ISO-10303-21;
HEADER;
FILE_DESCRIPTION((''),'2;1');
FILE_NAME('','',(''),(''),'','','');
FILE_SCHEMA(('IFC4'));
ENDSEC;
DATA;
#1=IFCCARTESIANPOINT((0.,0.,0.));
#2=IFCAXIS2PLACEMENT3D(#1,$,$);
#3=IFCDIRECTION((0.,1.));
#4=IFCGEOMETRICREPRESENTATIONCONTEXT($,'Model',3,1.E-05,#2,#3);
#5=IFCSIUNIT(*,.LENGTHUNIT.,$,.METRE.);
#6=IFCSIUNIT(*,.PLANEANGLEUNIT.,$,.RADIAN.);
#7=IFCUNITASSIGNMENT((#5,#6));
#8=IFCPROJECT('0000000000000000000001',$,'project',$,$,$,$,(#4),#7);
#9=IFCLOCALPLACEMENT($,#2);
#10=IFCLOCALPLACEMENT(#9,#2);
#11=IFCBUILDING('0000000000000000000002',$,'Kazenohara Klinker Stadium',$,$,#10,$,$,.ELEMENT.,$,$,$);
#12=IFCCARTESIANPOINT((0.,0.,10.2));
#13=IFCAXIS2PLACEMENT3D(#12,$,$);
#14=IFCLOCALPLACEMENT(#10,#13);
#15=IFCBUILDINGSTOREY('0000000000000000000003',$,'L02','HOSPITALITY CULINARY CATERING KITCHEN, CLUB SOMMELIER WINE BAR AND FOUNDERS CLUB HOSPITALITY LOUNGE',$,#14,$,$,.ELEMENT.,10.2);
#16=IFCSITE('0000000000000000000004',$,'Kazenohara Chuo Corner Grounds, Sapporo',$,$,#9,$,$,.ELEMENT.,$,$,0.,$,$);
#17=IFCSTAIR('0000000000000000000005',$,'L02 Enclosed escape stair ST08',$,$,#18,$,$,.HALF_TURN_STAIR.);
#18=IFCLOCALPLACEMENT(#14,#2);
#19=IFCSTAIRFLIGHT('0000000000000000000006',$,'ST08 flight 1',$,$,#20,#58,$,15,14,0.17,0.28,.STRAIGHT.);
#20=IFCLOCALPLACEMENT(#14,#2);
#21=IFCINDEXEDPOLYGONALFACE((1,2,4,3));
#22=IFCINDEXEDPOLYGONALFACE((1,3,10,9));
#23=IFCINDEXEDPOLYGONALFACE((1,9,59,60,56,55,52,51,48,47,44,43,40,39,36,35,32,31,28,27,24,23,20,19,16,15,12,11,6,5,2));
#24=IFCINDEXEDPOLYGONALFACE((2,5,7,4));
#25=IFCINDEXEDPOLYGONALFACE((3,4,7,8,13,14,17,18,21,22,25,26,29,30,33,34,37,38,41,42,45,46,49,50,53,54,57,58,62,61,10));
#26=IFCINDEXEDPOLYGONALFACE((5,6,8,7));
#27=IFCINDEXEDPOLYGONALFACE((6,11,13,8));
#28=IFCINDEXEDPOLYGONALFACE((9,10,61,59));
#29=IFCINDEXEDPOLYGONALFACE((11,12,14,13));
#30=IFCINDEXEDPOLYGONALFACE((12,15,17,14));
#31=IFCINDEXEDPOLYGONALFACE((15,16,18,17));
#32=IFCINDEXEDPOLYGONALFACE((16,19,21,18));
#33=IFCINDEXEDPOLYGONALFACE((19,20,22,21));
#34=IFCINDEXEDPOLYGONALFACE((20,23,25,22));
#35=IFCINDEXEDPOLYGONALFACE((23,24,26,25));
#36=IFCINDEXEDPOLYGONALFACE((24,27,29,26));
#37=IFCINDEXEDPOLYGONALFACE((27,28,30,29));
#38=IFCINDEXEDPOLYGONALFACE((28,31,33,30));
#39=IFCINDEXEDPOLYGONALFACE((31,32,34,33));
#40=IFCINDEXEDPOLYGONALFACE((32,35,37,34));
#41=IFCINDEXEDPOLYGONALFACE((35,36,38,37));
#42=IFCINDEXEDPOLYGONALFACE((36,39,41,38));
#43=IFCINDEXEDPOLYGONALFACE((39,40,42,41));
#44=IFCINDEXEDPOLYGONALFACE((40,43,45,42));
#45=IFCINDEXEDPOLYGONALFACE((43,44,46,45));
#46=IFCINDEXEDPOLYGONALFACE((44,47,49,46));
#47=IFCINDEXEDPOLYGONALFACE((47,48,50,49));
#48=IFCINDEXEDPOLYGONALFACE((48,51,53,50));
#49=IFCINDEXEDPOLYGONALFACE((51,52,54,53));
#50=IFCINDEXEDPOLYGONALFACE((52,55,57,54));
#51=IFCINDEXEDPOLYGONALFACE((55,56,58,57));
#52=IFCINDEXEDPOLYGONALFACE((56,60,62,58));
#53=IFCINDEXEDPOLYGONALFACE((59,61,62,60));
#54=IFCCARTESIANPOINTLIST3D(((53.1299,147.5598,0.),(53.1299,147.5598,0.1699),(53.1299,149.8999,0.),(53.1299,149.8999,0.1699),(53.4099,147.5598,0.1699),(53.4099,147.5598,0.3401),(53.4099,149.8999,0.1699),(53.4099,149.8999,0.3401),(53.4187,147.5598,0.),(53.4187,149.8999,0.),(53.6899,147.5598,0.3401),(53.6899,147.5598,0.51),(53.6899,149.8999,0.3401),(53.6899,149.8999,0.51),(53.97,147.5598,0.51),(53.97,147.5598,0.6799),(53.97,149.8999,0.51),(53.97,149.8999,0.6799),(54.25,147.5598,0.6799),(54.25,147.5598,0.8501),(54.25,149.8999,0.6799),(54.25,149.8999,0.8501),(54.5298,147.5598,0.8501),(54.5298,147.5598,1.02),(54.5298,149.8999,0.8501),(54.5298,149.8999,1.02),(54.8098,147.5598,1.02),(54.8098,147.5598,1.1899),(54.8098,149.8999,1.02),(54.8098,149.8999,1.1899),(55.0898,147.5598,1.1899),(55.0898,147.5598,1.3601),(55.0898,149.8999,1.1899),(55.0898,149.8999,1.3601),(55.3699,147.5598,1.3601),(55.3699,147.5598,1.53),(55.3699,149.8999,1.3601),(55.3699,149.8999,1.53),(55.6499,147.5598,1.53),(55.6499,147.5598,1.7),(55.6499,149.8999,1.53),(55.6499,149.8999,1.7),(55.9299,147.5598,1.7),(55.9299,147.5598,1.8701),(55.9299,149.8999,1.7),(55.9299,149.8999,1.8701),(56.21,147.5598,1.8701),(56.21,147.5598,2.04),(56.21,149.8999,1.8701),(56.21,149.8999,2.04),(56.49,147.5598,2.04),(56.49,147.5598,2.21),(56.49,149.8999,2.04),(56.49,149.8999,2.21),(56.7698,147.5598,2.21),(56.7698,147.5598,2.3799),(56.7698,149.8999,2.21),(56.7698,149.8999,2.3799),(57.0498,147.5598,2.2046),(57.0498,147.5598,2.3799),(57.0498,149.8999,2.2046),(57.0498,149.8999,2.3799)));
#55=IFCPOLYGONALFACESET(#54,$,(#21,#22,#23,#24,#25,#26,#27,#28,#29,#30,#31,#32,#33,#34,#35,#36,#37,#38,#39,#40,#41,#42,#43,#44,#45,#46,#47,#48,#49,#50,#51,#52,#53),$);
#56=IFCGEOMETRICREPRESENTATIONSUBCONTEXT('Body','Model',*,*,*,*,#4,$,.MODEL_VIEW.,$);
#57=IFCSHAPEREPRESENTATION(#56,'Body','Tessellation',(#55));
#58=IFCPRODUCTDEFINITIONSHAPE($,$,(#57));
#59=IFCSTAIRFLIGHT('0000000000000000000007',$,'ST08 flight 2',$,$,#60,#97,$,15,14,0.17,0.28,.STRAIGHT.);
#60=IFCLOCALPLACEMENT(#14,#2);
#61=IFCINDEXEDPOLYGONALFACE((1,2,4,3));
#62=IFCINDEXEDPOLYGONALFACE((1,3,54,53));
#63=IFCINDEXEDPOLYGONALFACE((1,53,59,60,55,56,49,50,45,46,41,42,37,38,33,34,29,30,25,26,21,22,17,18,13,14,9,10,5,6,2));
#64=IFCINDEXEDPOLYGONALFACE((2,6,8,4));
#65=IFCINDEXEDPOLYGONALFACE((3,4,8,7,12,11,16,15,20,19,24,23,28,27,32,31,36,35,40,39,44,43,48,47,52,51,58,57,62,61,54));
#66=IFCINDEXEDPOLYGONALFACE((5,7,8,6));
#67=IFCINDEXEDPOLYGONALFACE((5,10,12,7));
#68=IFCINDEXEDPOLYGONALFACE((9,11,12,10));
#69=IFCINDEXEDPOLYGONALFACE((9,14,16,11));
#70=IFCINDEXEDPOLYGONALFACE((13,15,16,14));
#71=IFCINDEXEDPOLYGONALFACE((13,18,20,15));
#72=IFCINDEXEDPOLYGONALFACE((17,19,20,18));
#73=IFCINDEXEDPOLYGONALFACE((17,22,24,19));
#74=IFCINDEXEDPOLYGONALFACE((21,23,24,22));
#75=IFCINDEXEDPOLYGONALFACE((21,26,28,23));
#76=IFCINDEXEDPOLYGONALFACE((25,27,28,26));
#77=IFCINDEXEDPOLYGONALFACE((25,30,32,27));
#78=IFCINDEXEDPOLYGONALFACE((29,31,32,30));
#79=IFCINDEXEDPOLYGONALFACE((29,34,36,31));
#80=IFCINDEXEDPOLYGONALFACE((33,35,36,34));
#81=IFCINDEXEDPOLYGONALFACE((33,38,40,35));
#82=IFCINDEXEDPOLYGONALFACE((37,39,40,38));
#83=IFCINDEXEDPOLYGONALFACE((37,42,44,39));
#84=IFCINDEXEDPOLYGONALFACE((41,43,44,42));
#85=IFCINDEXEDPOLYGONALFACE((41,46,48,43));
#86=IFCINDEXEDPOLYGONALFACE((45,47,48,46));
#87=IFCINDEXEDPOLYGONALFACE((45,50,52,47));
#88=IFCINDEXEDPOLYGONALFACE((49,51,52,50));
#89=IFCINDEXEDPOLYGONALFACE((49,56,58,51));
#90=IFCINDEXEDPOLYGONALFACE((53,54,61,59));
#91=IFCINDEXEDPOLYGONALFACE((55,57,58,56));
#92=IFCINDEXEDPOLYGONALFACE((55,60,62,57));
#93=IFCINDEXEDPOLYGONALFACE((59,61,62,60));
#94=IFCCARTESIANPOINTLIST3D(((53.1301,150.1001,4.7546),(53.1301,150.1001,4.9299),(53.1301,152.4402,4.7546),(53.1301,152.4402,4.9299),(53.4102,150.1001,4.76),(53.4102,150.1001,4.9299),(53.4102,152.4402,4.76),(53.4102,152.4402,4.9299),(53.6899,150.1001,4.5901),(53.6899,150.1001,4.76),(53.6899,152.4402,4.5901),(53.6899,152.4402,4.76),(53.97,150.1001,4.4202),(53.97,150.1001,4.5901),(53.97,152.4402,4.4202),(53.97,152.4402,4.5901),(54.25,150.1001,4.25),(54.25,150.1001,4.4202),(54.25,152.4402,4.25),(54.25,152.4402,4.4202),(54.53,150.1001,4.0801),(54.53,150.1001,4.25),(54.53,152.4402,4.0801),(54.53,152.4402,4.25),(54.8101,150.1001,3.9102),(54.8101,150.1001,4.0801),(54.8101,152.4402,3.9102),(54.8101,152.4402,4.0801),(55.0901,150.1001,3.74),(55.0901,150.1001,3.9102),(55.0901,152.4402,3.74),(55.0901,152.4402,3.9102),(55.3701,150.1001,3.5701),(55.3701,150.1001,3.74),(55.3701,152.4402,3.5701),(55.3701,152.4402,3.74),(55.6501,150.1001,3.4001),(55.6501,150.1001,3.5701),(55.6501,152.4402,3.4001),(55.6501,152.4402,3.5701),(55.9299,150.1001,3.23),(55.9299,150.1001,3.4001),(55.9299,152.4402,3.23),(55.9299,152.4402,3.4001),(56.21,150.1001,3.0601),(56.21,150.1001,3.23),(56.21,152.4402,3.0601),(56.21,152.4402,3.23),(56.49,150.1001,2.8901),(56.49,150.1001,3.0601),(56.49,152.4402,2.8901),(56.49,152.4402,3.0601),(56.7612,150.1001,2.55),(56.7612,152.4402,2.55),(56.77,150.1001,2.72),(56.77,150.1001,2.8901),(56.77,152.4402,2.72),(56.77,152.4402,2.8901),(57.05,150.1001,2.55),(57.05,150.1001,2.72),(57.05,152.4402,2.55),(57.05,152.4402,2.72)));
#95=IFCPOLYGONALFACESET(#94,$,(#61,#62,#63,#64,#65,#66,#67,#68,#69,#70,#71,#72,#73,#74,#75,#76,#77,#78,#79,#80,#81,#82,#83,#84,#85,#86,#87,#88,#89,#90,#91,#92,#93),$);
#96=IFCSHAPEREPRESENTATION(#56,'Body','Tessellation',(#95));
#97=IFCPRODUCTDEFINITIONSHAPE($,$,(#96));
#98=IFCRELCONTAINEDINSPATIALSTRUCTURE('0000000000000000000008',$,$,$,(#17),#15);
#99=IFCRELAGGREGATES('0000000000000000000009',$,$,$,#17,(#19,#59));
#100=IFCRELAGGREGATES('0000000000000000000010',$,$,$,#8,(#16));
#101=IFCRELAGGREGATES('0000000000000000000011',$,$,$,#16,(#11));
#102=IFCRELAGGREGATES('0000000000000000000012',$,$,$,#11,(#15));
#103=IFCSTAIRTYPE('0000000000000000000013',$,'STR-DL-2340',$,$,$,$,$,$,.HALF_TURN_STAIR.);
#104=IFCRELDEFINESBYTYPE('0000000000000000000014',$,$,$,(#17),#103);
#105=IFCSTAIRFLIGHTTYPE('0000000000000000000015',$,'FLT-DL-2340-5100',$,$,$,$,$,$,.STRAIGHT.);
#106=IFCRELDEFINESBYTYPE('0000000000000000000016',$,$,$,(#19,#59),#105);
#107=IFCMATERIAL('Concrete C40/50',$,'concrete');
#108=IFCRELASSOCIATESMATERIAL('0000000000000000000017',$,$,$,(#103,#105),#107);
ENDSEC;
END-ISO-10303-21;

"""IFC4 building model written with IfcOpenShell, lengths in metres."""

from ifc_helpers import new_model, si_unit, direction, frame, origin, place, context, subcontext, project, spatial, polyline, outline, extrude, material, type_object, element, aggregate, save


model = new_model("IFC4")

# Units and contexts
model_context = context("Model", 3, precision=1e-05, world=origin(), true_north=direction((0.0, 1.0)))
body_context = subcontext(model_context, "Body", "Model", "MODEL_VIEW")
ifc_project = project(units=[si_unit("LENGTHUNIT", "METRE"), si_unit("PLANEANGLEUNIT", "RADIAN")], contexts=[model_context])

# Site, building, storey
site_placement = place(None, origin())
site = spatial("IfcSite", under=ifc_project, at=site_placement, Name="Kazenohara Chuo Corner Grounds, Sapporo", CompositionType="ELEMENT", RefElevation=0.0)
building_placement = place(site_placement, origin())
building = spatial("IfcBuilding", under=site, at=building_placement, Name="Kazenohara Klinker Stadium", CompositionType="ELEMENT")
storey_placement = place(building_placement, frame((0.0, 0.0, 10.2)))
storey = spatial("IfcBuildingStorey", under=building, at=storey_placement, Name="L02", Description="HOSPITALITY CULINARY CATERING KITCHEN, CLUB SOMMELIER WINE BAR AND FOUNDERS CLUB HOSPITALITY LOUNGE", CompositionType="ELEMENT", Elevation=10.2)

# Shared definitions
ifc_material_1 = material(Name="Concrete C40/50", Category="concrete")

# Stair, stair flights
stair_type = type_object("IfcStairType", Name="STR-DL-2340", PredefinedType="HALF_TURN_STAIR", material=ifc_material_1)
stair_placement = place(storey_placement, origin())
stair = element("IfcStair", 1, at=stair_placement, inside=storey, type_object=stair_type, Name="L02 Enclosed escape stair ST08", PredefinedType="HALF_TURN_STAIR")
stair_flight_type = type_object("IfcStairFlightType", Name="FLT-DL-2340-5100", PredefinedType="STRAIGHT", material=ifc_material_1)
stair_flight_1_placement = place(storey_placement, frame((53.1299, 148.73, 0.0), z_axis=(0.0, 0.0, 1.0), x_axis=(1.0, 0.0, 0.0)))
stair_flight_1 = element("IfcStairFlight", 2, at=stair_flight_1_placement, type_object=stair_flight_type, Name="ST08 flight 1", NumberOfRisers=15, NumberOfTreads=14, PredefinedType="STRAIGHT", RiserHeight=0.17, TreadLength=0.28, context=body_context, shape_type="SweptSolid", body=[
    extrude(outline(polyline([(0.0, 0.0), (0.0, 0.1699), (0.28, 0.1699), (0.28, 0.3401), (0.5601, 0.3401), (0.5601, 0.51), (0.8401, 0.51), (0.8401, 0.6799), (1.1201, 0.6799), (1.1201, 0.8501), (1.3999, 0.8501), (1.3999, 1.02), (1.6799, 1.02), (1.6799, 1.1899), (1.96, 1.1899), (1.96, 1.3601), (2.24, 1.3601), (2.24, 1.53), (2.52, 1.53), (2.52, 1.7), (2.8, 1.7), (2.8, 1.8701), (3.0801, 1.8701), (3.0801, 2.04), (3.3601, 2.04), (3.3601, 2.21), (3.6399, 2.21), (3.6399, 2.3799), (3.9199, 2.3799), (3.9199, 2.55), (3.9199, 2.2046), (0.2888, 0.0), (0.0, 0.0)])), frame((0.0, 1.1699, 0.0), z_axis=(0.0, -1.0, 0.0), x_axis=(1.0, 0.0, 0.0)), (0.0, 0.0, 1.0), 2.3401),
])
stair_flight_2_placement = place(storey_placement, frame((57.05, 151.27, 2.55), z_axis=(0.0, 0.0, 1.0), x_axis=(-1.0, 0.0, 0.0)))
stair_flight_2 = element("IfcStairFlight", 3, at=stair_flight_2_placement, type_object=stair_flight_type, Name="ST08 flight 2", NumberOfRisers=15, NumberOfTreads=14, PredefinedType="STRAIGHT", RiserHeight=0.17, TreadLength=0.28, context=body_context, shape_type="SweptSolid", body=[
    extrude(outline(polyline([(0.0, 0.0), (0.0, 0.1699), (0.28, 0.1699), (0.28, 0.3401), (0.5601, 0.3401), (0.5601, 0.51), (0.8401, 0.51), (0.8401, 0.6799), (1.1201, 0.6799), (1.1201, 0.8501), (1.3999, 0.8501), (1.3999, 1.02), (1.6799, 1.02), (1.6799, 1.1899), (1.96, 1.1899), (1.96, 1.3601), (2.24, 1.3601), (2.24, 1.53), (2.52, 1.53), (2.52, 1.7), (2.8, 1.7), (2.8, 1.8701), (3.0801, 1.8701), (3.0801, 2.04), (3.3601, 2.04), (3.3601, 2.21), (3.6399, 2.21), (3.6399, 2.3799), (3.9199, 2.3799), (3.9199, 2.55), (3.9199, 2.2046), (0.2888, 0.0), (0.0, 0.0)])), frame((0.0, 1.1699, 0.0), z_axis=(0.0, -1.0, 0.0), x_axis=(1.0, 0.0, 0.0)), (0.0, 0.0, 1.0), 2.3401),
])
aggregate(stair, [stair_flight_1, stair_flight_2])

save(model, "model.ifc")
